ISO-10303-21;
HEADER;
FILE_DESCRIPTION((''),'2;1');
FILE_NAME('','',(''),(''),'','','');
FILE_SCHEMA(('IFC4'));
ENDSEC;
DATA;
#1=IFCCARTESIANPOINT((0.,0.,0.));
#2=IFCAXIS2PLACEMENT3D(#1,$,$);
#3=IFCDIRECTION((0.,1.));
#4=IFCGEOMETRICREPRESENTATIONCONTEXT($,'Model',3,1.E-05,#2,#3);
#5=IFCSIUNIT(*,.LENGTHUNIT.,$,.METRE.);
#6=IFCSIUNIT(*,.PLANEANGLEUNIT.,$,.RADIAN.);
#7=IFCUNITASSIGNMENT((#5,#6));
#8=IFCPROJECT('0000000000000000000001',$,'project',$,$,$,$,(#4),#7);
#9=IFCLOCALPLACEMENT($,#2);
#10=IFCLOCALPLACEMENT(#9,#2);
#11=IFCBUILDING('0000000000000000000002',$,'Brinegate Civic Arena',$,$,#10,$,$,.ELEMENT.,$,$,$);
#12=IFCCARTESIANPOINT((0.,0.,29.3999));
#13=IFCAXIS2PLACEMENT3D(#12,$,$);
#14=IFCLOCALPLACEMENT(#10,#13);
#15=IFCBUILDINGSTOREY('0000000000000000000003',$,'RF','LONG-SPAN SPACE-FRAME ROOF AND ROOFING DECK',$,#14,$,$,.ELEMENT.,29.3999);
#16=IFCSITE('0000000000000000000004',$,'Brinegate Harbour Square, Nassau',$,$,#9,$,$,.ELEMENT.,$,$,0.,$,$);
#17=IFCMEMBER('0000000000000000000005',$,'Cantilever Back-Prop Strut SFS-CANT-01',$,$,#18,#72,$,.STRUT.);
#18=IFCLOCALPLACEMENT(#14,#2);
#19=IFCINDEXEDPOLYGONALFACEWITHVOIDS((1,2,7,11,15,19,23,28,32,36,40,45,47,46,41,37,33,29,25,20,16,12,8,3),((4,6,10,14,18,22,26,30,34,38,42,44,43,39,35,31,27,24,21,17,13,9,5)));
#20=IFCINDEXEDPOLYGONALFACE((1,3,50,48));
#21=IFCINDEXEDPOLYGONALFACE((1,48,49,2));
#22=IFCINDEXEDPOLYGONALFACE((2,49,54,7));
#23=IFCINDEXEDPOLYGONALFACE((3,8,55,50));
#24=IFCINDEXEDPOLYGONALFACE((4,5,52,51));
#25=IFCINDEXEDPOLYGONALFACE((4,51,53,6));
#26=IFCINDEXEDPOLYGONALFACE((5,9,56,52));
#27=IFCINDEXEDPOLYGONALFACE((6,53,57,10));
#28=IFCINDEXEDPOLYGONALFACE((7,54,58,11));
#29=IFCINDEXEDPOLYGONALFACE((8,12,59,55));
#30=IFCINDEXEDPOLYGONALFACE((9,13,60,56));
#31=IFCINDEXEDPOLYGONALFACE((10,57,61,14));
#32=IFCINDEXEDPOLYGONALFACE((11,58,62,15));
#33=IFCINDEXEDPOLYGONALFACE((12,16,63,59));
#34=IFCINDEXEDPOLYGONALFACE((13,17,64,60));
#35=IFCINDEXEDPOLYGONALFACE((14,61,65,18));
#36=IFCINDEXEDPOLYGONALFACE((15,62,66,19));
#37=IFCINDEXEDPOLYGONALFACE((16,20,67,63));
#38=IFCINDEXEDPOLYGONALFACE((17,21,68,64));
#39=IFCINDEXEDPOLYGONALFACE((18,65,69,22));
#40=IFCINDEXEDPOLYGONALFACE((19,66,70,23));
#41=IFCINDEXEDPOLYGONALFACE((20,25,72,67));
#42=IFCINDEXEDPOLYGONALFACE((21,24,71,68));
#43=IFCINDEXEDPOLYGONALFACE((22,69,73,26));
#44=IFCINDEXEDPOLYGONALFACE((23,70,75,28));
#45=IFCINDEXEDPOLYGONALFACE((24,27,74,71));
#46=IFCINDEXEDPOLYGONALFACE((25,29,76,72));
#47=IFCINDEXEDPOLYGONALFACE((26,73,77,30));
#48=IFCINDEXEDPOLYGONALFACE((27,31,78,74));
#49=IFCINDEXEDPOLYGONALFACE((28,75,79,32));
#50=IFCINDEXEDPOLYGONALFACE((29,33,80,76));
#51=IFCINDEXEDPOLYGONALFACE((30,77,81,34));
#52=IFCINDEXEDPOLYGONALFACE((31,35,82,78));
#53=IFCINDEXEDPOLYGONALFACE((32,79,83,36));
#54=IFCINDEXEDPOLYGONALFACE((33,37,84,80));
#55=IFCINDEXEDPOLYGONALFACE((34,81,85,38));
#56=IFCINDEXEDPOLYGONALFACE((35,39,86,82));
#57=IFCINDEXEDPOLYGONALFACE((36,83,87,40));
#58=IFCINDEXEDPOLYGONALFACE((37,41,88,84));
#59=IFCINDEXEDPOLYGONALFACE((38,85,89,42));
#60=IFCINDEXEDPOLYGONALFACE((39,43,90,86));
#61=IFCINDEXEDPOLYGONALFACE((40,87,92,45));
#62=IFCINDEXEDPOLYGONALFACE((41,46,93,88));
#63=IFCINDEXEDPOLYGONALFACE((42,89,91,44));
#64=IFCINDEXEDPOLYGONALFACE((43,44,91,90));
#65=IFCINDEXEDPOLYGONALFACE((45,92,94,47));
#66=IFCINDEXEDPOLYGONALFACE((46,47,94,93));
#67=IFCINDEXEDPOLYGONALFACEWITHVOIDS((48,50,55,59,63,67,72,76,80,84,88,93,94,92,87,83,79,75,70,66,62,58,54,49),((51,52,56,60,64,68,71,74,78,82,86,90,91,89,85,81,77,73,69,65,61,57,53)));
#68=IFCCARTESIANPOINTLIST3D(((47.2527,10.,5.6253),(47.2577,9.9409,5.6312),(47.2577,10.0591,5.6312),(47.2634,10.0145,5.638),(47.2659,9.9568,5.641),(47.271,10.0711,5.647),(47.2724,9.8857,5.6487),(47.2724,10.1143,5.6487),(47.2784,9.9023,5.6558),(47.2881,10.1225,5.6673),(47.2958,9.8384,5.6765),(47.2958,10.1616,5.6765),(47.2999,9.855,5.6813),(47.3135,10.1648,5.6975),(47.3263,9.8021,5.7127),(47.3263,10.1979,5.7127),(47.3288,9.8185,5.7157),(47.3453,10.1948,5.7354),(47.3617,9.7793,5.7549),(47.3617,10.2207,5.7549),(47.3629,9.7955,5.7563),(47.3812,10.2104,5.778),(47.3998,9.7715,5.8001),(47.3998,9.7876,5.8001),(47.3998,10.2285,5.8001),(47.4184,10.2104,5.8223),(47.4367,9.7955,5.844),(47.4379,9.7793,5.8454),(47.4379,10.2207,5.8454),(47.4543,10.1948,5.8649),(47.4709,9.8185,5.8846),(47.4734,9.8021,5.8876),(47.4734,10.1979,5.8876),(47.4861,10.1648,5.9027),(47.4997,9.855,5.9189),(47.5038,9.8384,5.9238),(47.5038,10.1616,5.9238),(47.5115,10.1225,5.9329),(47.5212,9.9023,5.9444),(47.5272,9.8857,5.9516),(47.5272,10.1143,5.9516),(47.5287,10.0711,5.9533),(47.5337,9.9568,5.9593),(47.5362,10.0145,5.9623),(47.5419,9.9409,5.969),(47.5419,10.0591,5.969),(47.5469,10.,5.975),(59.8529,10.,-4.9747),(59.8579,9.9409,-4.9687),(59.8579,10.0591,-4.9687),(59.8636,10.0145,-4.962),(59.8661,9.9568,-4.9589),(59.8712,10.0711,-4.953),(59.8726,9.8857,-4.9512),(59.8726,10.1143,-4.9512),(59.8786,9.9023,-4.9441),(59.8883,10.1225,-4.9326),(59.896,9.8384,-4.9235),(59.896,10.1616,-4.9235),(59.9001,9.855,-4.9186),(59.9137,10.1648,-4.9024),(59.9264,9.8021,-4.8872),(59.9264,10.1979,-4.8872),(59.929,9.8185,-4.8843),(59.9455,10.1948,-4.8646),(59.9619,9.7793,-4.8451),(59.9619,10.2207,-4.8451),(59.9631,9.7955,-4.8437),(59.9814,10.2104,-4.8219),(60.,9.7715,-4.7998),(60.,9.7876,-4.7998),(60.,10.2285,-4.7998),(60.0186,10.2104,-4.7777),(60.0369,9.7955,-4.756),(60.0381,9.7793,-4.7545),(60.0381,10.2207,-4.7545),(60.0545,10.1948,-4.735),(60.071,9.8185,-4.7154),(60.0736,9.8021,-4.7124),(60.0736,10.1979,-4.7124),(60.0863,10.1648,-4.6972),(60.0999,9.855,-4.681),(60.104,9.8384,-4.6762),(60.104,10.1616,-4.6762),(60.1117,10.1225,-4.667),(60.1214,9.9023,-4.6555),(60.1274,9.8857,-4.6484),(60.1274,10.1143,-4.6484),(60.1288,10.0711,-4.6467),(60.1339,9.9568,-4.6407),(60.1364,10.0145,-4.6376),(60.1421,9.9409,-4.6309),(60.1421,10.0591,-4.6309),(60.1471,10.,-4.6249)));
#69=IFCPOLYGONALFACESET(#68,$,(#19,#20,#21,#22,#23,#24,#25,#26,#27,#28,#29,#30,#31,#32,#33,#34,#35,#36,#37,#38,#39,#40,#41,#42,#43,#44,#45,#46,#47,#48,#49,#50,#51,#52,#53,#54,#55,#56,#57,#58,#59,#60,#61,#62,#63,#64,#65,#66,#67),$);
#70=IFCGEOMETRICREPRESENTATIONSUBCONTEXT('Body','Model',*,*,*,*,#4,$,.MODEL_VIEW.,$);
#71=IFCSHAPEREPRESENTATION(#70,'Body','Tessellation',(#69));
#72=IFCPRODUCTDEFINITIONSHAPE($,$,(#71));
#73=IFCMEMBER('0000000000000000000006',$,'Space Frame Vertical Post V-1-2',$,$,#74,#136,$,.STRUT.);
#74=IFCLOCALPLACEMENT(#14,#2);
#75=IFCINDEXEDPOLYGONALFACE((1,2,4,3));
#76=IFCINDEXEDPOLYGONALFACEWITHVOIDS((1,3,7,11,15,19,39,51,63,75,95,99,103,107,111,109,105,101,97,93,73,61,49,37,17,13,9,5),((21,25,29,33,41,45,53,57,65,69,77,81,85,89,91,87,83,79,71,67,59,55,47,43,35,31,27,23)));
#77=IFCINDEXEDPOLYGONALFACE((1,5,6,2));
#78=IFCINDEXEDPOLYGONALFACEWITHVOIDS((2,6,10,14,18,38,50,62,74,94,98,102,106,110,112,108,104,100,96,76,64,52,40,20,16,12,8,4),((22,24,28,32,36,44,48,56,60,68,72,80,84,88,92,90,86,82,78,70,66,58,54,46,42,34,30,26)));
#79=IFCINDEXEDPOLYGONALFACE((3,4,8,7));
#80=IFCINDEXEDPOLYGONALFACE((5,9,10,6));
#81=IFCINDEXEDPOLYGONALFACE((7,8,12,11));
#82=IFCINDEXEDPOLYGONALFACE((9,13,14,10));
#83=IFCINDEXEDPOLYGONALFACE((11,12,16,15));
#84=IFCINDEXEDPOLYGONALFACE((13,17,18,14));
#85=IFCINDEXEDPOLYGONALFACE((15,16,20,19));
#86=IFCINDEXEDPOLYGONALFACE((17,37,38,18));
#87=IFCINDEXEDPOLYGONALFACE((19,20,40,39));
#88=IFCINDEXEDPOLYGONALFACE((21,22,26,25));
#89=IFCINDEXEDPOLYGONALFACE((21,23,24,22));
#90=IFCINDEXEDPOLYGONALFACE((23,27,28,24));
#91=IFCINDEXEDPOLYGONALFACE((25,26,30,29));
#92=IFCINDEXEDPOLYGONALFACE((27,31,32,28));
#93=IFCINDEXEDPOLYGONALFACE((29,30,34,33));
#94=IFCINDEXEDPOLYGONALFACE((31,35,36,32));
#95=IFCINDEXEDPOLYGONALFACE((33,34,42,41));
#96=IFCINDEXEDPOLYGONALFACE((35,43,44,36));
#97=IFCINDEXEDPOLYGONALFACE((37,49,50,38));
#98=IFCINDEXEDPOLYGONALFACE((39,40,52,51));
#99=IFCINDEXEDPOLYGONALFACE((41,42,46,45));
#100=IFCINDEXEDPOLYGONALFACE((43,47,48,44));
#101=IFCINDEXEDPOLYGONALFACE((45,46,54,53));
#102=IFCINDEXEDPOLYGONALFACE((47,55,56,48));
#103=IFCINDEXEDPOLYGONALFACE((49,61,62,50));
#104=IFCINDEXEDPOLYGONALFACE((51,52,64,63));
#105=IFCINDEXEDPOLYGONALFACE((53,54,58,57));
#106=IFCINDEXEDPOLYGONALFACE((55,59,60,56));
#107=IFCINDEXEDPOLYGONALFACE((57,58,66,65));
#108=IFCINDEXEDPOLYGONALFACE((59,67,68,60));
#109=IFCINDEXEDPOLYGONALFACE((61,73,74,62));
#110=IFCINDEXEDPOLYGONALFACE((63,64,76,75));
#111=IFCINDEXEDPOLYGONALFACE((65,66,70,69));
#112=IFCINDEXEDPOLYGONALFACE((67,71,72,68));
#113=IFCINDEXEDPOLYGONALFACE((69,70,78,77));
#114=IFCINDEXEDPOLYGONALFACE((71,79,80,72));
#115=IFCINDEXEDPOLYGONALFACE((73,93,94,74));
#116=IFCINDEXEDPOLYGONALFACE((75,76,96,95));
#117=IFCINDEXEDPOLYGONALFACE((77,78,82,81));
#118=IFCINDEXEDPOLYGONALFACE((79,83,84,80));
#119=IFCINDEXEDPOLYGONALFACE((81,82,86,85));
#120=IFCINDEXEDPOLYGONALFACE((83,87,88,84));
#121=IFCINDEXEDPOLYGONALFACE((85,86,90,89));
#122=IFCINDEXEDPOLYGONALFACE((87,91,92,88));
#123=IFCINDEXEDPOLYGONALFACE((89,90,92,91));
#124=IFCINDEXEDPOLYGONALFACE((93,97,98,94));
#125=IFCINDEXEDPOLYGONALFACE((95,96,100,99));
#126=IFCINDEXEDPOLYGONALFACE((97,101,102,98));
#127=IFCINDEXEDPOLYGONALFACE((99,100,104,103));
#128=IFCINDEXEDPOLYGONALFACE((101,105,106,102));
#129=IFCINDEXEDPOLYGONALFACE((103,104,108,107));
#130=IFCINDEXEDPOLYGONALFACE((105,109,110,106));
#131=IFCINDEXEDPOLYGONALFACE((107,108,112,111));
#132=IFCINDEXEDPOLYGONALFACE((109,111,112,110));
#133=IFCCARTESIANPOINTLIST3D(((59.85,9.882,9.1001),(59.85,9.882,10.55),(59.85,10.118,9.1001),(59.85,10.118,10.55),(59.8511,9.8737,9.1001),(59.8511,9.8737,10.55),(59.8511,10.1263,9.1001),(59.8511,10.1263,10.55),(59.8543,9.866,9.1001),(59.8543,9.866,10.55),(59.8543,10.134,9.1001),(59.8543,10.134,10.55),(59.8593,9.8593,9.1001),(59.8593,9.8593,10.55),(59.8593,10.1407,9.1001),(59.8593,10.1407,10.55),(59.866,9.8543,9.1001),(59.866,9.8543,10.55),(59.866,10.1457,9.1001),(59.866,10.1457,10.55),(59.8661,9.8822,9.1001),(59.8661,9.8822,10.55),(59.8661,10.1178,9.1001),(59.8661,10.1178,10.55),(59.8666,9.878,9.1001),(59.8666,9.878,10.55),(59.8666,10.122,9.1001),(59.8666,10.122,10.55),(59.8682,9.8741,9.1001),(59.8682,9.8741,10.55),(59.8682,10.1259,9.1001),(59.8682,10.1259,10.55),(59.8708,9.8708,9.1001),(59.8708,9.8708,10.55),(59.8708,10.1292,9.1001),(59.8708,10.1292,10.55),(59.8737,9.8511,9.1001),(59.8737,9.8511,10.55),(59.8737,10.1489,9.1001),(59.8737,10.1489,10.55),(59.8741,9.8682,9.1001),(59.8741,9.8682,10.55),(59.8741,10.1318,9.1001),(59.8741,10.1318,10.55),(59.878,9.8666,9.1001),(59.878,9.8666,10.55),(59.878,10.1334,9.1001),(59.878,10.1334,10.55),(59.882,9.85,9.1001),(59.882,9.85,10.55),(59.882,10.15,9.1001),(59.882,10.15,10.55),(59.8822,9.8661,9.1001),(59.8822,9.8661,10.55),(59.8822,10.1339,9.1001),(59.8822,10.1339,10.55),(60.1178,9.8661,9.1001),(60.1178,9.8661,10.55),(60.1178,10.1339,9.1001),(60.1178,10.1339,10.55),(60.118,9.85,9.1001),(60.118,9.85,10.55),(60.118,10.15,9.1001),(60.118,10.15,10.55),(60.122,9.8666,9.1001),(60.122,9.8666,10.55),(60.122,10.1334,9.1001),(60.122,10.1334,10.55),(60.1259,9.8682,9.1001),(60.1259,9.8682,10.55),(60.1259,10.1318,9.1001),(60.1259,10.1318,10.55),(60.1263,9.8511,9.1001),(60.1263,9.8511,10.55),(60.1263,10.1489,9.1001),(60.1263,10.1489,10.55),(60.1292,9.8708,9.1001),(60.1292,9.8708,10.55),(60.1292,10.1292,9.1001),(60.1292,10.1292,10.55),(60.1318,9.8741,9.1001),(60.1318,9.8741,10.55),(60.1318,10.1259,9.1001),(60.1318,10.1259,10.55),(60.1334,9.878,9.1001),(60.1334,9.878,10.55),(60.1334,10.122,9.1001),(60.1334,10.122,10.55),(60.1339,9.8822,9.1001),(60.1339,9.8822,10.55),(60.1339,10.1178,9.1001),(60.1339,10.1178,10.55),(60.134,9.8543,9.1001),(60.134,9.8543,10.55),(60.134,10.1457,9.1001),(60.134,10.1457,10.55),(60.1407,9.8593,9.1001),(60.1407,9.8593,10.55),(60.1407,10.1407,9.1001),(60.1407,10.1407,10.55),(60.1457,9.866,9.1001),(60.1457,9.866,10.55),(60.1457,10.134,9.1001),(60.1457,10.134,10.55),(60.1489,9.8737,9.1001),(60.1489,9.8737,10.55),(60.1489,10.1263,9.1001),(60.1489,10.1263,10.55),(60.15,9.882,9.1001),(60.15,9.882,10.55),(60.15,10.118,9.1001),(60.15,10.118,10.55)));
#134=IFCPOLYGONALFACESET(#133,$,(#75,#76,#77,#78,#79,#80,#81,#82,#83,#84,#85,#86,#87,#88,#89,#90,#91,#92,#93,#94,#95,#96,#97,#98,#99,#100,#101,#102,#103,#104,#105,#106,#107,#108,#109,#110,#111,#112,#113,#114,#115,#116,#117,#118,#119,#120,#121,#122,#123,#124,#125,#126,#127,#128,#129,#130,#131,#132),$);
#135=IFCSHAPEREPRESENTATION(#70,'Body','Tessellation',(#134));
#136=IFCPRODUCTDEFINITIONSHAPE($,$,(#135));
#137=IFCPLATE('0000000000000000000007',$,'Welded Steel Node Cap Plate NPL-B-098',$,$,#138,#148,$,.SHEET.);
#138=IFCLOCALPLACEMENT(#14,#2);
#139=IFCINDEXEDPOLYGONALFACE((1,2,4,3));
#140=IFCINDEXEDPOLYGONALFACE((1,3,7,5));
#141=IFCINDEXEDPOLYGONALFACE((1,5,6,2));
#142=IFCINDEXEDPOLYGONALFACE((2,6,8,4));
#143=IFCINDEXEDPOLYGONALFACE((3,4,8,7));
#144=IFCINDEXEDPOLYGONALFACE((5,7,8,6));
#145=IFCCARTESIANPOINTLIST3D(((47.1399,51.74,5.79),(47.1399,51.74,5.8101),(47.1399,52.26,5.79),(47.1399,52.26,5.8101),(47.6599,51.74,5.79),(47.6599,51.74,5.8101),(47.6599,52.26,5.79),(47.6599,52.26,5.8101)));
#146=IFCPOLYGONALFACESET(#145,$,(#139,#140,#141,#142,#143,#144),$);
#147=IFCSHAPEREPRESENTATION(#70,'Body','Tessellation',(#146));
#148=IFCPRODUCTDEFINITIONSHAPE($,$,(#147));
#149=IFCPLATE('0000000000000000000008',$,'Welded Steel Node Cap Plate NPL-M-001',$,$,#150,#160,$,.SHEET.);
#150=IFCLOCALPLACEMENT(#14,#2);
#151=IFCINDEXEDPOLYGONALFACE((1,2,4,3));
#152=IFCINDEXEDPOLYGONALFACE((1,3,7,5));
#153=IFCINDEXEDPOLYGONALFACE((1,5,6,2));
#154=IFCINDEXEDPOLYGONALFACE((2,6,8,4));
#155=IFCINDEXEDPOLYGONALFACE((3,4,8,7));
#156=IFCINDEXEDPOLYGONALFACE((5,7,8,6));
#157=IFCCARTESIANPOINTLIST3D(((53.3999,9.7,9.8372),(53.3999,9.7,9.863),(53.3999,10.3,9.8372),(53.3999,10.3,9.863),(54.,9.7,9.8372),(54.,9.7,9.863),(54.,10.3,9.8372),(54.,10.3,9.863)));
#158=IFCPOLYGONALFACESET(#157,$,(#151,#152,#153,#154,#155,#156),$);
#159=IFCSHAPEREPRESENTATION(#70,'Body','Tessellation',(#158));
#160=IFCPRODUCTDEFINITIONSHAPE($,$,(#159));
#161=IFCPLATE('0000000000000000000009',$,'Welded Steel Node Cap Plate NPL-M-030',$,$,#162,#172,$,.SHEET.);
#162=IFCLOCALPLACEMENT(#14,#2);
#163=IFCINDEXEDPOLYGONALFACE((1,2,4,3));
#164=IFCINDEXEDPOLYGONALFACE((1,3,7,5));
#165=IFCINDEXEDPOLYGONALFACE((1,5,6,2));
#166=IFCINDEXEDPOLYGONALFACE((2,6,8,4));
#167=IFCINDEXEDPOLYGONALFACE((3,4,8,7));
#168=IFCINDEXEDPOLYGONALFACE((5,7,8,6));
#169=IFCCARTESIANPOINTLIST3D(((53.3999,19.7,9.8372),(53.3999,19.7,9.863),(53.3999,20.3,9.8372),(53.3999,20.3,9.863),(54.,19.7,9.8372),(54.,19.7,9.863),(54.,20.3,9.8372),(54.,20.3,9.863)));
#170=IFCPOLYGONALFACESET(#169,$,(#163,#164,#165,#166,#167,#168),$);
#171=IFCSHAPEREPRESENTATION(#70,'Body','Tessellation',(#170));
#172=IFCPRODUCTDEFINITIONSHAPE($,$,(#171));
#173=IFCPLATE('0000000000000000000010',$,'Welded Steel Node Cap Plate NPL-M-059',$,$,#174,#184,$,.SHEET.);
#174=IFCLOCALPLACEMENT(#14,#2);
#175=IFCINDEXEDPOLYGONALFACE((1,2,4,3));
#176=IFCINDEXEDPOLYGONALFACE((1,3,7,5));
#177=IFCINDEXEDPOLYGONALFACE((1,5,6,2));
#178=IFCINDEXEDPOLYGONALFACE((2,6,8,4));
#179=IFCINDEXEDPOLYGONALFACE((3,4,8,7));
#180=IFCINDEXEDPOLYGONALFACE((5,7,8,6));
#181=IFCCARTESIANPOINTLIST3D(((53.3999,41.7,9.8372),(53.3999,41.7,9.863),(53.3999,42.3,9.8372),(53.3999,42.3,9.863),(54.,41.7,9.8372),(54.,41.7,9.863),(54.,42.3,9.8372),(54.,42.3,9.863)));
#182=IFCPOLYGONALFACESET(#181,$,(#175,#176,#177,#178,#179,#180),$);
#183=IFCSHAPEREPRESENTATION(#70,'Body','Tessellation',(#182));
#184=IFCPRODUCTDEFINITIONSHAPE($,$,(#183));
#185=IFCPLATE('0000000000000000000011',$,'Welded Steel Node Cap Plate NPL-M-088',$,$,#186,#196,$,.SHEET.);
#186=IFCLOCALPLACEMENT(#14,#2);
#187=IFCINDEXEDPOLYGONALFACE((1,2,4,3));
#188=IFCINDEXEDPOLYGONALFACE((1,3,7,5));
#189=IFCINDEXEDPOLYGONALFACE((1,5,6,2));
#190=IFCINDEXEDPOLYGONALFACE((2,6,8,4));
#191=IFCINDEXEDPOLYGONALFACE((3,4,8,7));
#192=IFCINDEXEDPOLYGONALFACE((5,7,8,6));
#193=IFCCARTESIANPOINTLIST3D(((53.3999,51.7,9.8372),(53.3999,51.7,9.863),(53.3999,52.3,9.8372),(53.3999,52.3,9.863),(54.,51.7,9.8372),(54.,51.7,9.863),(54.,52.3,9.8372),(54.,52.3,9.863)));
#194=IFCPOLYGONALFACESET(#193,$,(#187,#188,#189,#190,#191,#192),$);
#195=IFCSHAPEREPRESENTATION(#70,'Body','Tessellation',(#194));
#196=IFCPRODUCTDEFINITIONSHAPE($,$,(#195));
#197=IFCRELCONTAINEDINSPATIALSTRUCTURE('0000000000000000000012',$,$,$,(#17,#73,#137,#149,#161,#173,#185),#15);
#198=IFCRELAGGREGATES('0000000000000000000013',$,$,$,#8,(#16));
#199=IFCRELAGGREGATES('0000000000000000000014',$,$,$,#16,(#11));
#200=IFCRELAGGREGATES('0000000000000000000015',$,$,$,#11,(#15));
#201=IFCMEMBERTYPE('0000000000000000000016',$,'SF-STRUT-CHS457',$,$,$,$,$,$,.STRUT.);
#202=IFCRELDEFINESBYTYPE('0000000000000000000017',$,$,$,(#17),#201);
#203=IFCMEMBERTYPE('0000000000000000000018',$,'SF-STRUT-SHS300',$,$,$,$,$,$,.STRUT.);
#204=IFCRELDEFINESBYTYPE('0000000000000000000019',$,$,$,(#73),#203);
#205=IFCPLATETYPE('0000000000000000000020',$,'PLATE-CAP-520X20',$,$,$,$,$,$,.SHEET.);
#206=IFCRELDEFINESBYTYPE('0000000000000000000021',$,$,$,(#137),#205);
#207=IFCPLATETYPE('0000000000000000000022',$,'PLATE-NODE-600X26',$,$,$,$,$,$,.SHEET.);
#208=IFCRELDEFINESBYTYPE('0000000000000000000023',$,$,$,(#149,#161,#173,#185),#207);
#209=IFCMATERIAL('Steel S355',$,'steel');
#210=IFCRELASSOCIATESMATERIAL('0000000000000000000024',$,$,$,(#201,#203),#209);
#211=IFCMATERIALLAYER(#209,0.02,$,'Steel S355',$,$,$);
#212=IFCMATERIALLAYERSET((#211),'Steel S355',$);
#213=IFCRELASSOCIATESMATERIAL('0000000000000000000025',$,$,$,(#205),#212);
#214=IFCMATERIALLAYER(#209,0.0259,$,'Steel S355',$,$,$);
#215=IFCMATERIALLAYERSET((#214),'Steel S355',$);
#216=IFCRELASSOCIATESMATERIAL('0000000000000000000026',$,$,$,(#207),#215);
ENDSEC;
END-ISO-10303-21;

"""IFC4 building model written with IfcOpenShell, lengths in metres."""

from ifc_helpers import new_model, si_unit, direction, frame, origin, origin_2d, place, context, subcontext, project, spatial, rectangle, hollow_rectangle, hollow_circle, extrude, material, layer, layer_set, material_profile, profile_set, type_object, element, save


model = new_model("IFC4")

# Units and contexts
model_context = context("Model", 3, precision=1e-05, world=origin(), true_north=direction((0.0, 1.0)))
body_context = subcontext(model_context, "Body", "Model", "MODEL_VIEW")
ifc_project = project(units=[si_unit("LENGTHUNIT", "METRE"), si_unit("PLANEANGLEUNIT", "RADIAN")], contexts=[model_context])

# Site, building, storey
site_placement = place(None, origin())
site = spatial("IfcSite", under=ifc_project, at=site_placement, Name="Brinegate Harbour Square, Nassau", CompositionType="ELEMENT", RefElevation=0.0)
building_placement = place(site_placement, origin())
building = spatial("IfcBuilding", under=site, at=building_placement, Name="Brinegate Civic Arena", CompositionType="ELEMENT")
storey_placement = place(building_placement, frame((0.0, 0.0, 29.3999)))
storey = spatial("IfcBuildingStorey", under=building, at=storey_placement, Name="RF", Description="LONG-SPAN SPACE-FRAME ROOF AND ROOFING DECK", CompositionType="ELEMENT", Elevation=29.3999)

# Shared definitions
ifc_material_1 = material(Name="Steel S355", Category="steel")

# Members
ifc_material_profile_1 = material_profile(ifc_material_1, hollow_circle(Radius=0.2285, WallThickness=0.0161, at=origin_2d()), Name="CHS457X16")
ifc_profile_set_1 = profile_set([ifc_material_profile_1], Name="Steel S355")
member_type_1 = type_object("IfcMemberType", Name="SF-STRUT-CHS457", PredefinedType="STRUT", material=ifc_profile_set_1)
member_1_placement = place(storey_placement, frame((60.0, 10.0, -4.7998), z_axis=(-0.765233, 0.0, 0.643753), x_axis=(0.0, -1.0, 0.0)))
element("IfcMember", 1, at=member_1_placement, inside=storey, type_object=member_type_1, Name="Cantilever Back-Prop Strut SFS-CANT-01", PredefinedType="STRUT", context=body_context, shape_type="SweptSolid", body=[
    extrude(hollow_circle(Radius=0.2285, WallThickness=0.0161, at=origin_2d()), origin(), (0.0, 0.0, 1.0), 16.4658),
])
ifc_material_profile_2 = material_profile(ifc_material_1, hollow_rectangle(XDim=0.3, YDim=0.3, WallThickness=0.0161, InnerFilletRadius=0.0161, OuterFilletRadius=0.032, at=origin_2d()), Name="SHS300X16")
ifc_profile_set_2 = profile_set([ifc_material_profile_2], Name="Steel S355")
member_type_2 = type_object("IfcMemberType", Name="SF-STRUT-SHS300", PredefinedType="STRUT", material=ifc_profile_set_2)
member_2_placement = place(storey_placement, frame((60.0, 10.0, 9.1001), z_axis=(0.0, 0.0, 1.0), x_axis=(1.0, 0.0, 0.0)))
element("IfcMember", 2, at=member_2_placement, inside=storey, type_object=member_type_2, Name="Space Frame Vertical Post V-1-2", PredefinedType="STRUT", context=body_context, shape_type="SweptSolid", body=[
    extrude(hollow_rectangle(XDim=0.3, YDim=0.3, WallThickness=0.0161, InnerFilletRadius=0.0161, OuterFilletRadius=0.032, at=origin_2d()), origin(), (0.0, 0.0, 1.0), 1.45),
])

# Plates
ifc_layer_1 = layer(ifc_material_1, 0.02, Name="Steel S355")
ifc_layer_set_1 = layer_set([ifc_layer_1], Name="Steel S355")
plate_type_1 = type_object("IfcPlateType", Name="PLATE-CAP-520X20", PredefinedType="SHEET", material=ifc_layer_set_1)
plate_1_placement = place(storey_placement, frame((47.3999, 52.0, 5.79), z_axis=(0.0, 0.0, 1.0), x_axis=(1.0, 0.0, 0.0)))
element("IfcPlate", 3, at=plate_1_placement, inside=storey, type_object=plate_type_1, Name="Welded Steel Node Cap Plate NPL-B-098", PredefinedType="SHEET", context=body_context, shape_type="SweptSolid", body=[
    extrude(rectangle(XDim=0.52, YDim=0.52, at=origin_2d()), origin(), (0.0, 0.0, 1.0), 0.02),
])
ifc_layer_2 = layer(ifc_material_1, 0.0259, Name="Steel S355")
ifc_layer_set_2 = layer_set([ifc_layer_2], Name="Steel S355")
plate_type_2 = type_object("IfcPlateType", Name="PLATE-NODE-600X26", PredefinedType="SHEET", material=ifc_layer_set_2)
for number, where, z_axis, x_axis, name in (
    (4, (53.7, 10.0, 9.8372), (0.0, 0.0, 1.0), (1.0, 0.0, 0.0), "Welded Steel Node Cap Plate NPL-M-001"),
    (5, (53.7, 20.0, 9.8372), (0.0, 0.0, 1.0), (1.0, 0.0, 0.0), "Welded Steel Node Cap Plate NPL-M-030"),
    (6, (53.7, 42.0, 9.8372), (0.0, 0.0, 1.0), (1.0, 0.0, 0.0), "Welded Steel Node Cap Plate NPL-M-059"),
    (7, (53.7, 52.0, 9.8372), (0.0, 0.0, 1.0), (1.0, 0.0, 0.0), "Welded Steel Node Cap Plate NPL-M-088"),
):
    element("IfcPlate", number, at=place(storey_placement, frame(where, z_axis=z_axis, x_axis=x_axis)), inside=storey, type_object=plate_type_2, Name=name, PredefinedType="SHEET", context=body_context, shape_type="SweptSolid", body=[
        extrude(rectangle(XDim=0.6001, YDim=0.6001, at=origin_2d()), origin(), (0.0, 0.0, 1.0), 0.0259),
    ])

save(model, "model.ifc")
